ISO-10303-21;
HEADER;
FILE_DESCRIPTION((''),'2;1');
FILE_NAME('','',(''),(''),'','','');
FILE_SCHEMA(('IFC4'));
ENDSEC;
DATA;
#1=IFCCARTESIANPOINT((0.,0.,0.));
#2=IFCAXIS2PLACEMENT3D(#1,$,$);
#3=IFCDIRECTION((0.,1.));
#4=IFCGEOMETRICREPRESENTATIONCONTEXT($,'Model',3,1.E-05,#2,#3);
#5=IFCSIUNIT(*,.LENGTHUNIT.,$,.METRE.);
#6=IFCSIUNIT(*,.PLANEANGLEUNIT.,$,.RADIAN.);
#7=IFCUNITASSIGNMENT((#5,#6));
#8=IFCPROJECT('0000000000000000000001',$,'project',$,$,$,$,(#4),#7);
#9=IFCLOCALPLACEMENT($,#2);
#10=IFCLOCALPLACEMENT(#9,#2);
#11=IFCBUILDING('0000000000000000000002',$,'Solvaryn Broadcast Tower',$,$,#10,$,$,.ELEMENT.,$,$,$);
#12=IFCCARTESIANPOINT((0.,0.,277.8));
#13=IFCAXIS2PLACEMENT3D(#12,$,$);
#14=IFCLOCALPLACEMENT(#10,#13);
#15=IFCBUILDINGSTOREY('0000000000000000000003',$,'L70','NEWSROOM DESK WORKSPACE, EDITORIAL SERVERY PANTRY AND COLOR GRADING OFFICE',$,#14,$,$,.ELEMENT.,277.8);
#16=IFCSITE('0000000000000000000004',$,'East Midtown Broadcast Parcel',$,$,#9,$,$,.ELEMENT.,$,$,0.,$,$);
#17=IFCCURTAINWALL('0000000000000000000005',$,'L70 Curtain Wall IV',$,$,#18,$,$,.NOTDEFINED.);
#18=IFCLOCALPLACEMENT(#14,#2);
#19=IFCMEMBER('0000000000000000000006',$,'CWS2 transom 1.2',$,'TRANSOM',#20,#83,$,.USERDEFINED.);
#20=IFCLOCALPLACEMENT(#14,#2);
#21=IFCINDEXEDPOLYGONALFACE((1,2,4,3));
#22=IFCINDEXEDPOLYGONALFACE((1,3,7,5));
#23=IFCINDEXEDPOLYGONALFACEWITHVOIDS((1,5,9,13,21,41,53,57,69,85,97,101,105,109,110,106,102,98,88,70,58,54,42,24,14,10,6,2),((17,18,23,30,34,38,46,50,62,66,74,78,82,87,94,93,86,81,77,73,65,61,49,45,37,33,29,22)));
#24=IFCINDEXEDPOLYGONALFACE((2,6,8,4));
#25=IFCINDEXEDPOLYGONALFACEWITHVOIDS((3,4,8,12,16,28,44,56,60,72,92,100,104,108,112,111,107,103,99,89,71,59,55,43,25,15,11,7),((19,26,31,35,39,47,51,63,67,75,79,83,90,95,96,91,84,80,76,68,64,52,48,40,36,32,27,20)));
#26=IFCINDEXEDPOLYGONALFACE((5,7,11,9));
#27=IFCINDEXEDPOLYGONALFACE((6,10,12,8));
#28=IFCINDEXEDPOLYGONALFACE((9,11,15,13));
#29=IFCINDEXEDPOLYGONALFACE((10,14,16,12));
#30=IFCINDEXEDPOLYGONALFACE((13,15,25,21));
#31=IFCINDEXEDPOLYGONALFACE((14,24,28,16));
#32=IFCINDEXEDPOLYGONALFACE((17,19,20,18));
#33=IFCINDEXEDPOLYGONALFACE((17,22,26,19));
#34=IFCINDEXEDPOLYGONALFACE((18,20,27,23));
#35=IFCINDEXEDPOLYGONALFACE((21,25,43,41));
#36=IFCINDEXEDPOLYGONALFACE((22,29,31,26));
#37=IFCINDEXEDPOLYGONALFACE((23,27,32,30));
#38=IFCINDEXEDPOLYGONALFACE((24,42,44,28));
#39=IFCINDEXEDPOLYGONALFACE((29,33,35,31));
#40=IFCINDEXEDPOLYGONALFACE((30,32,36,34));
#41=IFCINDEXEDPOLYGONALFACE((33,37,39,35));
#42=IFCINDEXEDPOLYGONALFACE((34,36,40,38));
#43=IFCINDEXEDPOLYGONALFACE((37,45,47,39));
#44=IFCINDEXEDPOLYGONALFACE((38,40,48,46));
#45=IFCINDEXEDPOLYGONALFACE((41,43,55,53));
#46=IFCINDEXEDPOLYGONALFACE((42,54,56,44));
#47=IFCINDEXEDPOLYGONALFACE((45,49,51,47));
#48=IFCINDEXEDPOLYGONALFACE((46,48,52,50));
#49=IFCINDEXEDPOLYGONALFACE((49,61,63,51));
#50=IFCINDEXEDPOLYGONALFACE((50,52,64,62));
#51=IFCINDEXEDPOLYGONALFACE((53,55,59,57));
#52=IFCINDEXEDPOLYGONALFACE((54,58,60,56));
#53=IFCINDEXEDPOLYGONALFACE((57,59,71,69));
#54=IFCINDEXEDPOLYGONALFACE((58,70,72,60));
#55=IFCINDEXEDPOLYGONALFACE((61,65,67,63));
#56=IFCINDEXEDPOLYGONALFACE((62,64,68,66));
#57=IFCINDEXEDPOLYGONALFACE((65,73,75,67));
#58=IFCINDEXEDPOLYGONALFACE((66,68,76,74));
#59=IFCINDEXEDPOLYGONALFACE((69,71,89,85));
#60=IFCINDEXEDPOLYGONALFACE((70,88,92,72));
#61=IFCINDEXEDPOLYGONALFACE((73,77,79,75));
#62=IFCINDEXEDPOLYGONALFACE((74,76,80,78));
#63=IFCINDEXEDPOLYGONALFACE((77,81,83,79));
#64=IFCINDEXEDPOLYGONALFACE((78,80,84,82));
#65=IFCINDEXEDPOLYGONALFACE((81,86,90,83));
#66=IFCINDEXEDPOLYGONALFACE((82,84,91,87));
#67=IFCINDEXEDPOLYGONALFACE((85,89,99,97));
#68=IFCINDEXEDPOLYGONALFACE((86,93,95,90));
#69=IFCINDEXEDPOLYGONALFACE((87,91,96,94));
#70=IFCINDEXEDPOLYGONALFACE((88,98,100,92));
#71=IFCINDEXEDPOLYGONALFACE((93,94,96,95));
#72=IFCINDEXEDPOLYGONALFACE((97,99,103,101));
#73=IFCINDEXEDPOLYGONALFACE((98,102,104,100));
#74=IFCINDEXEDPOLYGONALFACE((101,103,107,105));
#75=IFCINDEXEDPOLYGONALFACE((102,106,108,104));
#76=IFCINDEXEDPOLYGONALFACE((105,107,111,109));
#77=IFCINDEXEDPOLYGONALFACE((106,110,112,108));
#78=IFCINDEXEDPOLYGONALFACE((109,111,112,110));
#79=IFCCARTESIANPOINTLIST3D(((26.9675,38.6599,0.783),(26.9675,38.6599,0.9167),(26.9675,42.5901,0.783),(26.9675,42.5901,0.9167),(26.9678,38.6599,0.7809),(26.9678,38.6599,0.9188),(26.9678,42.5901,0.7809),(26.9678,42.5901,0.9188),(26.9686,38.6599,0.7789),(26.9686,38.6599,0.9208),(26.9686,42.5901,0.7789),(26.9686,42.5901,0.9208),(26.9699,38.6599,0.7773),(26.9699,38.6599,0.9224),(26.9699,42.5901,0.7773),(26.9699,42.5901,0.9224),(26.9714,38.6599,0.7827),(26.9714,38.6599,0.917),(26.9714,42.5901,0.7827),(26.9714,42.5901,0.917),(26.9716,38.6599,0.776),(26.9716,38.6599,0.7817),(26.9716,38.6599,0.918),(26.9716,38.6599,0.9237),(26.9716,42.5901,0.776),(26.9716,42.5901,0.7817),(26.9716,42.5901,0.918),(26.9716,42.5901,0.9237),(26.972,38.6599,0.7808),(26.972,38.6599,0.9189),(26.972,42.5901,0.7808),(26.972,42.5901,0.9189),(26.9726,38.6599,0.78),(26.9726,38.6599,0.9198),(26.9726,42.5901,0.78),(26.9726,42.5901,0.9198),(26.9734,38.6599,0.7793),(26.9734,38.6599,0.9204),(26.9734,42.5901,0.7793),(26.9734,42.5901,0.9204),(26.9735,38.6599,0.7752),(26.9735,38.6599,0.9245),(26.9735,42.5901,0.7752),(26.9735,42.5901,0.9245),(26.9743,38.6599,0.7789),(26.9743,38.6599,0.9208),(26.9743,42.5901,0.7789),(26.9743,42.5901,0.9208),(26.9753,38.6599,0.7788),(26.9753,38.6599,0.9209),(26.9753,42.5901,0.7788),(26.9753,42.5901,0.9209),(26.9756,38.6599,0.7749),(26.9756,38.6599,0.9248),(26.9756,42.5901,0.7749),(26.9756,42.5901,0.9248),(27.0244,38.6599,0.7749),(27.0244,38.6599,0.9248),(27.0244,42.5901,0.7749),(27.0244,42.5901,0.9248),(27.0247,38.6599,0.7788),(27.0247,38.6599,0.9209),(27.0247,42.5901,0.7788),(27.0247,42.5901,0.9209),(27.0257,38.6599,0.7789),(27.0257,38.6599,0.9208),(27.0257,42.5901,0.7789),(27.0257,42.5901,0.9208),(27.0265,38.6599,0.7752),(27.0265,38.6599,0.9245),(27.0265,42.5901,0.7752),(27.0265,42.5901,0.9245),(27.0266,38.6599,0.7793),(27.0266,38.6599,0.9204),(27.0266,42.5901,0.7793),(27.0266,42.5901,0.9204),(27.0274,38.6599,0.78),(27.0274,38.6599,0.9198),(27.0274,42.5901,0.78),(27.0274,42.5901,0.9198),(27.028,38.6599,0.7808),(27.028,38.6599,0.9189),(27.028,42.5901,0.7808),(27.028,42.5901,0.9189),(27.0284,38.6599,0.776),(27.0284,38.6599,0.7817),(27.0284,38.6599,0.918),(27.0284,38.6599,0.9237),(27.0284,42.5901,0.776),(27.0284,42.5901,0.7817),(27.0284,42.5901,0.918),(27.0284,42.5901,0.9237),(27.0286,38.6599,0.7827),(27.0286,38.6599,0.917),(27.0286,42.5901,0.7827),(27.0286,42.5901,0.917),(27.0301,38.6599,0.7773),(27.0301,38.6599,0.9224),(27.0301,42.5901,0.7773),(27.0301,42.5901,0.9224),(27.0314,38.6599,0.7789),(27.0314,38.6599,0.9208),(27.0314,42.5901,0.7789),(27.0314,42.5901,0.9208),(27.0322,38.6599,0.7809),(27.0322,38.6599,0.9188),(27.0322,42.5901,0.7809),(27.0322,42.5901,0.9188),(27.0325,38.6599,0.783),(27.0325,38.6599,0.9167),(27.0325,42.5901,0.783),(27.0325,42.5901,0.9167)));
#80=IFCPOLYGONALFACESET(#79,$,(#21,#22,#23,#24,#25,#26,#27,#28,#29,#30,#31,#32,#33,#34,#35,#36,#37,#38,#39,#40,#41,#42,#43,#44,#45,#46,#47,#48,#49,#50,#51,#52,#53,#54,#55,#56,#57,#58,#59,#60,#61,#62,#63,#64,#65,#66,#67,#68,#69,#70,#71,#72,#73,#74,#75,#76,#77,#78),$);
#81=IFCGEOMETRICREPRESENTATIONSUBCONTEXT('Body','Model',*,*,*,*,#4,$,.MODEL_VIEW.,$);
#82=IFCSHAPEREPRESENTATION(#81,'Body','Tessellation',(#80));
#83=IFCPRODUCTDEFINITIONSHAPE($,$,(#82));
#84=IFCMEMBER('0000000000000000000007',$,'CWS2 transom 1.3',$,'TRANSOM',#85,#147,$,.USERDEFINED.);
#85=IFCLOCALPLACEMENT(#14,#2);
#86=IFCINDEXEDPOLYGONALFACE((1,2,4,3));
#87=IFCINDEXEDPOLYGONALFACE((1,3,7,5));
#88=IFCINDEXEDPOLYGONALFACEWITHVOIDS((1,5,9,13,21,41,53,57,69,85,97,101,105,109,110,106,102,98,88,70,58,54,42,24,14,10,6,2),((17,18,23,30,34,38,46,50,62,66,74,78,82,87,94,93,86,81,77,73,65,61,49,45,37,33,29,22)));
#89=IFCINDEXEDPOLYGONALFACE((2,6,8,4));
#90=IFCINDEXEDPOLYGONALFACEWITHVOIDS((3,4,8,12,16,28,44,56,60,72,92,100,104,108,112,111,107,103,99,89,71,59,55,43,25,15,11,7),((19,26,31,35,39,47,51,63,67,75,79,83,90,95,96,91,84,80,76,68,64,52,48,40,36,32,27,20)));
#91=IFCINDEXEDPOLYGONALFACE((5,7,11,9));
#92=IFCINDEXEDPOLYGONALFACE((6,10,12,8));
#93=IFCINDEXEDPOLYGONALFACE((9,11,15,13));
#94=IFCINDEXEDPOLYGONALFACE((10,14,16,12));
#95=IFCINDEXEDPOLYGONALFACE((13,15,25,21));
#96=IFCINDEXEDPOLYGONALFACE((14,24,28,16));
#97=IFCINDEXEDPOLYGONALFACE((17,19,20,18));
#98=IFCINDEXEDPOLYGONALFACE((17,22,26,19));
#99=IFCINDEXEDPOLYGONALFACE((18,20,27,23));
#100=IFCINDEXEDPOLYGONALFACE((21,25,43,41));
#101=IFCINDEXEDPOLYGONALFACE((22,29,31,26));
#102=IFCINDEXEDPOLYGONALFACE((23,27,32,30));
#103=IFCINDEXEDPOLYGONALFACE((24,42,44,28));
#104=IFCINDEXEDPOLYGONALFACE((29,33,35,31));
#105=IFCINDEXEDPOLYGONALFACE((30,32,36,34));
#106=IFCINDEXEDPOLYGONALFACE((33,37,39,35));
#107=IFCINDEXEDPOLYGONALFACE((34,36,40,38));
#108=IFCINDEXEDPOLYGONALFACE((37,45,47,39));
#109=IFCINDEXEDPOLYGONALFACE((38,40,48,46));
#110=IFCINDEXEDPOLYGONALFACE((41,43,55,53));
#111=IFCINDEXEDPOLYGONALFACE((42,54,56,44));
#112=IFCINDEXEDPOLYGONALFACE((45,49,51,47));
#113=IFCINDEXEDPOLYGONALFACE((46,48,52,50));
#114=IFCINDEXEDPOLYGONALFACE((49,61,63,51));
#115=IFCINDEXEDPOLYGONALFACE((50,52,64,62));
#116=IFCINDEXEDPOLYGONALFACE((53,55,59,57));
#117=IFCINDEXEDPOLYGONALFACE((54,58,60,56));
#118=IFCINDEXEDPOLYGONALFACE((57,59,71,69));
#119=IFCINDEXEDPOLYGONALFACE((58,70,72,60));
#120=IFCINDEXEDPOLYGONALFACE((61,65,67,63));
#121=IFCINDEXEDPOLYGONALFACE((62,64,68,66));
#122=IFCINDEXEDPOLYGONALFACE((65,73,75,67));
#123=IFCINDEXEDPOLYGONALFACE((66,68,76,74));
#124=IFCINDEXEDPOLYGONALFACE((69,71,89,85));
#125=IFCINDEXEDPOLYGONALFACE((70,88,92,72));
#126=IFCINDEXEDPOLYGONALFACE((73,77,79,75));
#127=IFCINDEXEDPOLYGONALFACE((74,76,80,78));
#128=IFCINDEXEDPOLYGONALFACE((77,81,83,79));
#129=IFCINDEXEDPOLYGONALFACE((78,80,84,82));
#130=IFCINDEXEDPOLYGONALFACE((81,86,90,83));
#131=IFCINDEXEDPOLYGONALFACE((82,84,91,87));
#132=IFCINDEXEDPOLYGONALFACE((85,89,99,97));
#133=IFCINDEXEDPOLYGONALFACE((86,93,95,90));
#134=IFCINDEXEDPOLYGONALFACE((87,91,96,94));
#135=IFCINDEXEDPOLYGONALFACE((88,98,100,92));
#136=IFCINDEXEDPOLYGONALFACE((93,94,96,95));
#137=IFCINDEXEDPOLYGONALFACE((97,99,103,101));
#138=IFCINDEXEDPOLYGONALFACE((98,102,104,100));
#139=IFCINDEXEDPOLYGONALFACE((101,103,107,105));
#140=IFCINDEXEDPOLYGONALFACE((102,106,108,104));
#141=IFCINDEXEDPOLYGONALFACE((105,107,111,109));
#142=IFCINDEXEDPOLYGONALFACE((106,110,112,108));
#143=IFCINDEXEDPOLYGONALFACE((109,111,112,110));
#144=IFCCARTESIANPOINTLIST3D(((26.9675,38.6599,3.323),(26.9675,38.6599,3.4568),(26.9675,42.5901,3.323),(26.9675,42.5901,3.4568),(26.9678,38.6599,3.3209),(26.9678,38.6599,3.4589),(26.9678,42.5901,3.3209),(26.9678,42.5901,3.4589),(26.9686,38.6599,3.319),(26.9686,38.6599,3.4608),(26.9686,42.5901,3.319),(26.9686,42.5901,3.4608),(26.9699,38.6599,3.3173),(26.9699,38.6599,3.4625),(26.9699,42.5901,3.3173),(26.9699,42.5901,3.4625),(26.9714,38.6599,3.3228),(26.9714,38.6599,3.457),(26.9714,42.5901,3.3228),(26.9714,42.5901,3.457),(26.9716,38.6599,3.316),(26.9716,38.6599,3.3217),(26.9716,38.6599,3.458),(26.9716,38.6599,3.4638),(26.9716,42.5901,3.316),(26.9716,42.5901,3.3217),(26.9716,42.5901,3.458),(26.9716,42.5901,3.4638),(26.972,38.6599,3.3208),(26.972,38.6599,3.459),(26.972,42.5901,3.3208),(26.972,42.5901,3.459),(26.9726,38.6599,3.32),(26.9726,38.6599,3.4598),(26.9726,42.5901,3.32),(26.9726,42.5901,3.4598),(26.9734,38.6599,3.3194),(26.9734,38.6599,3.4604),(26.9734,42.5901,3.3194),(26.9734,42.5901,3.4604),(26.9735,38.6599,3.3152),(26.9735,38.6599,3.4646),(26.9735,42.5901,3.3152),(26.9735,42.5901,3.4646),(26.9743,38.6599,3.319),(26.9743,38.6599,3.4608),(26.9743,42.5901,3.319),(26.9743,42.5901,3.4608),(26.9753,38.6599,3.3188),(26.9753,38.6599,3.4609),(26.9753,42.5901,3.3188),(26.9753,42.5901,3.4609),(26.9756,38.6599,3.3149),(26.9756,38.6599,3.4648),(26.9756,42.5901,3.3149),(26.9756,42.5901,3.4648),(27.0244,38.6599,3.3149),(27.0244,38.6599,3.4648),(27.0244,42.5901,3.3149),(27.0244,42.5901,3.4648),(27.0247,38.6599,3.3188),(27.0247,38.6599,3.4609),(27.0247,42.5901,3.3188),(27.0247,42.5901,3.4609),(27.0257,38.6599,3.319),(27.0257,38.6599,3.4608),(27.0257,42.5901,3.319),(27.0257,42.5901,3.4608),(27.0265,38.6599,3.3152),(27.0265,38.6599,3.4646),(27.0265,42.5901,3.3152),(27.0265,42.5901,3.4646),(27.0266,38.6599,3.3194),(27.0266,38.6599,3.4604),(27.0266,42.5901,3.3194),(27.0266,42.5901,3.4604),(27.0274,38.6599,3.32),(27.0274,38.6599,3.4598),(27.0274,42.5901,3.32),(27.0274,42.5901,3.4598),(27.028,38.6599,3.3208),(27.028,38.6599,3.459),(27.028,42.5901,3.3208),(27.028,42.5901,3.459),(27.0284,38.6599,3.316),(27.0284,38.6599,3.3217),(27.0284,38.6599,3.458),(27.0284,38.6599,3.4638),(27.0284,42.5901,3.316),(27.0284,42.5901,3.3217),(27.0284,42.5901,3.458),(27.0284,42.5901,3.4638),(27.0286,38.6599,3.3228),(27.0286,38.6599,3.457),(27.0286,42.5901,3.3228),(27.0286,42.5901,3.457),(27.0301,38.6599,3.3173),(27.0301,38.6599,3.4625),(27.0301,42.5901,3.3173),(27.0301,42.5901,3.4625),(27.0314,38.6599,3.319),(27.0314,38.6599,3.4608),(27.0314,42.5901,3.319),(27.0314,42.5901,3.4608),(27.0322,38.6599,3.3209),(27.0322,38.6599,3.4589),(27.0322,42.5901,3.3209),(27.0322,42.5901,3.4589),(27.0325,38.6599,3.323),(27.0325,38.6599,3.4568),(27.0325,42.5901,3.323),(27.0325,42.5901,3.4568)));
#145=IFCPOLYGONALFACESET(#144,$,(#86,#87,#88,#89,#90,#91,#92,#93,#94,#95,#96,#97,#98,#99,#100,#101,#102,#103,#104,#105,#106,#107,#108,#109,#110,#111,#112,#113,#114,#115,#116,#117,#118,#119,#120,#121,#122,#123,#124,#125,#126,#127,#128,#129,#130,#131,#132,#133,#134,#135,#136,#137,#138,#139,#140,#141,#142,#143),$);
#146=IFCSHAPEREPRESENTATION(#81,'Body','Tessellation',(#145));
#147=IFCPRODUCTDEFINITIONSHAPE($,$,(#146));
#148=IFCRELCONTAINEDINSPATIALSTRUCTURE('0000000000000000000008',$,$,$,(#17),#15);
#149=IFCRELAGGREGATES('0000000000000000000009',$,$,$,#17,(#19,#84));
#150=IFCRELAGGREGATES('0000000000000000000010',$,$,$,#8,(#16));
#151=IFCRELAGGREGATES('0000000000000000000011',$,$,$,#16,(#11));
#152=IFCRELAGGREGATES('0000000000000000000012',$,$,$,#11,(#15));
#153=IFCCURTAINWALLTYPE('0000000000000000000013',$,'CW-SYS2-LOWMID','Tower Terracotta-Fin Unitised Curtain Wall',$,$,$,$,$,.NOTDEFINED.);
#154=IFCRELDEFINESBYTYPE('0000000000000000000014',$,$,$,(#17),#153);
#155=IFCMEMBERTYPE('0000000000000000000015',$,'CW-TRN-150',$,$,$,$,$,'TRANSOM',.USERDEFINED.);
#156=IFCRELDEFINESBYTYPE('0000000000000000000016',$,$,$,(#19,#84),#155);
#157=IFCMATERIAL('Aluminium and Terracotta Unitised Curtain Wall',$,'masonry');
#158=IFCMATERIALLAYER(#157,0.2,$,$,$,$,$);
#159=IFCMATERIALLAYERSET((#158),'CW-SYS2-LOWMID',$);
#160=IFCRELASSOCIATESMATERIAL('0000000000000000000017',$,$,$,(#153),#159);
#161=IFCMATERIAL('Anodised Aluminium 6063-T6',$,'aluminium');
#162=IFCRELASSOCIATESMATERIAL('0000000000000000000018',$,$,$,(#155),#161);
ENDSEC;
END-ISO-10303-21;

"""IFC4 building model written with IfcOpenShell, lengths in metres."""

from ifc_helpers import new_model, si_unit, direction, frame, origin, origin_2d, place, context, subcontext, project, spatial, hollow_rectangle, extrude, material, layer, layer_set, material_profile, profile_set, type_object, element, aggregate, save


model = new_model("IFC4")

# Units and contexts
model_context = context("Model", 3, precision=1e-05, world=origin(), true_north=direction((0.0, 1.0)))
body_context = subcontext(model_context, "Body", "Model", "MODEL_VIEW")
ifc_project = project(units=[si_unit("LENGTHUNIT", "METRE"), si_unit("PLANEANGLEUNIT", "RADIAN")], contexts=[model_context])

# Site, building, storey
site_placement = place(None, origin())
site = spatial("IfcSite", under=ifc_project, at=site_placement, Name="East Midtown Broadcast Parcel", CompositionType="ELEMENT", RefElevation=0.0)
building_placement = place(site_placement, origin())
building = spatial("IfcBuilding", under=site, at=building_placement, Name="Solvaryn Broadcast Tower", CompositionType="ELEMENT")
storey_placement = place(building_placement, frame((0.0, 0.0, 277.8)))
storey = spatial("IfcBuildingStorey", under=building, at=storey_placement, Name="L70", Description="NEWSROOM DESK WORKSPACE, EDITORIAL SERVERY PANTRY AND COLOR GRADING OFFICE", CompositionType="ELEMENT", Elevation=277.8)

# Curtain wall
ifc_material_1 = material(Name="Aluminium and Terracotta Unitised Curtain Wall", Category="masonry")
ifc_layer_1 = layer(ifc_material_1, 0.2)
ifc_layer_set_1 = layer_set([ifc_layer_1], Name="CW-SYS2-LOWMID")
curtain_wall_type = type_object("IfcCurtainWallType", Name="CW-SYS2-LOWMID", Description="Tower Terracotta-Fin Unitised Curtain Wall", PredefinedType="NOTDEFINED", material=ifc_layer_set_1)
curtain_wall_1_placement = place(storey_placement, origin())
curtain_wall_1 = element("IfcCurtainWall", 1, at=curtain_wall_1_placement, inside=storey, type_object=curtain_wall_type, Name="L70 Curtain Wall IV", PredefinedType="NOTDEFINED")

# Members
ifc_material_2 = material(Name="Anodised Aluminium 6063-T6", Category="aluminium")
ifc_material_profile_1 = material_profile(ifc_material_2, hollow_rectangle(XDim=0.0649, YDim=0.1499, WallThickness=0.0039, InnerFilletRadius=0.0039, OuterFilletRadius=0.0081, at=origin_2d()))
ifc_profile_set_1 = profile_set([ifc_material_profile_1], Name="Anodised Aluminium 6063-T6")
member_type_1 = type_object("IfcMemberType", Name="CW-TRN-150", ElementType="TRANSOM", PredefinedType="USERDEFINED", material=ifc_profile_set_1)
member_1_placement = place(storey_placement, frame((27.0, 42.5901, 0.8499), z_axis=(0.0, -1.0, 0.0), x_axis=(1.0, 0.0, 0.0)))
member_1 = element("IfcMember", 2, at=member_1_placement, type_object=member_type_1, Name="CWS2 transom 1.2", ObjectType="TRANSOM", PredefinedType="USERDEFINED", context=body_context, shape_type="SweptSolid", body=[
    extrude(hollow_rectangle(XDim=0.0649, YDim=0.1499, WallThickness=0.0039, InnerFilletRadius=0.0039, OuterFilletRadius=0.0081, at=origin_2d()), origin(), (0.0, 0.0, 1.0), 3.9302),
])
member_2_placement = place(storey_placement, frame((27.0, 42.5901, 3.3899), z_axis=(0.0, -1.0, 0.0), x_axis=(1.0, 0.0, 0.0)))
member_2 = element("IfcMember", 3, at=member_2_placement, type_object=member_type_1, Name="CWS2 transom 1.3", ObjectType="TRANSOM", PredefinedType="USERDEFINED", context=body_context, shape_type="SweptSolid", body=[
    extrude(hollow_rectangle(XDim=0.0649, YDim=0.1499, WallThickness=0.0039, InnerFilletRadius=0.0039, OuterFilletRadius=0.0081, at=origin_2d()), origin(), (0.0, 0.0, 1.0), 3.9302),
])

aggregate(curtain_wall_1, [member_1, member_2])

save(model, "model.ifc")
